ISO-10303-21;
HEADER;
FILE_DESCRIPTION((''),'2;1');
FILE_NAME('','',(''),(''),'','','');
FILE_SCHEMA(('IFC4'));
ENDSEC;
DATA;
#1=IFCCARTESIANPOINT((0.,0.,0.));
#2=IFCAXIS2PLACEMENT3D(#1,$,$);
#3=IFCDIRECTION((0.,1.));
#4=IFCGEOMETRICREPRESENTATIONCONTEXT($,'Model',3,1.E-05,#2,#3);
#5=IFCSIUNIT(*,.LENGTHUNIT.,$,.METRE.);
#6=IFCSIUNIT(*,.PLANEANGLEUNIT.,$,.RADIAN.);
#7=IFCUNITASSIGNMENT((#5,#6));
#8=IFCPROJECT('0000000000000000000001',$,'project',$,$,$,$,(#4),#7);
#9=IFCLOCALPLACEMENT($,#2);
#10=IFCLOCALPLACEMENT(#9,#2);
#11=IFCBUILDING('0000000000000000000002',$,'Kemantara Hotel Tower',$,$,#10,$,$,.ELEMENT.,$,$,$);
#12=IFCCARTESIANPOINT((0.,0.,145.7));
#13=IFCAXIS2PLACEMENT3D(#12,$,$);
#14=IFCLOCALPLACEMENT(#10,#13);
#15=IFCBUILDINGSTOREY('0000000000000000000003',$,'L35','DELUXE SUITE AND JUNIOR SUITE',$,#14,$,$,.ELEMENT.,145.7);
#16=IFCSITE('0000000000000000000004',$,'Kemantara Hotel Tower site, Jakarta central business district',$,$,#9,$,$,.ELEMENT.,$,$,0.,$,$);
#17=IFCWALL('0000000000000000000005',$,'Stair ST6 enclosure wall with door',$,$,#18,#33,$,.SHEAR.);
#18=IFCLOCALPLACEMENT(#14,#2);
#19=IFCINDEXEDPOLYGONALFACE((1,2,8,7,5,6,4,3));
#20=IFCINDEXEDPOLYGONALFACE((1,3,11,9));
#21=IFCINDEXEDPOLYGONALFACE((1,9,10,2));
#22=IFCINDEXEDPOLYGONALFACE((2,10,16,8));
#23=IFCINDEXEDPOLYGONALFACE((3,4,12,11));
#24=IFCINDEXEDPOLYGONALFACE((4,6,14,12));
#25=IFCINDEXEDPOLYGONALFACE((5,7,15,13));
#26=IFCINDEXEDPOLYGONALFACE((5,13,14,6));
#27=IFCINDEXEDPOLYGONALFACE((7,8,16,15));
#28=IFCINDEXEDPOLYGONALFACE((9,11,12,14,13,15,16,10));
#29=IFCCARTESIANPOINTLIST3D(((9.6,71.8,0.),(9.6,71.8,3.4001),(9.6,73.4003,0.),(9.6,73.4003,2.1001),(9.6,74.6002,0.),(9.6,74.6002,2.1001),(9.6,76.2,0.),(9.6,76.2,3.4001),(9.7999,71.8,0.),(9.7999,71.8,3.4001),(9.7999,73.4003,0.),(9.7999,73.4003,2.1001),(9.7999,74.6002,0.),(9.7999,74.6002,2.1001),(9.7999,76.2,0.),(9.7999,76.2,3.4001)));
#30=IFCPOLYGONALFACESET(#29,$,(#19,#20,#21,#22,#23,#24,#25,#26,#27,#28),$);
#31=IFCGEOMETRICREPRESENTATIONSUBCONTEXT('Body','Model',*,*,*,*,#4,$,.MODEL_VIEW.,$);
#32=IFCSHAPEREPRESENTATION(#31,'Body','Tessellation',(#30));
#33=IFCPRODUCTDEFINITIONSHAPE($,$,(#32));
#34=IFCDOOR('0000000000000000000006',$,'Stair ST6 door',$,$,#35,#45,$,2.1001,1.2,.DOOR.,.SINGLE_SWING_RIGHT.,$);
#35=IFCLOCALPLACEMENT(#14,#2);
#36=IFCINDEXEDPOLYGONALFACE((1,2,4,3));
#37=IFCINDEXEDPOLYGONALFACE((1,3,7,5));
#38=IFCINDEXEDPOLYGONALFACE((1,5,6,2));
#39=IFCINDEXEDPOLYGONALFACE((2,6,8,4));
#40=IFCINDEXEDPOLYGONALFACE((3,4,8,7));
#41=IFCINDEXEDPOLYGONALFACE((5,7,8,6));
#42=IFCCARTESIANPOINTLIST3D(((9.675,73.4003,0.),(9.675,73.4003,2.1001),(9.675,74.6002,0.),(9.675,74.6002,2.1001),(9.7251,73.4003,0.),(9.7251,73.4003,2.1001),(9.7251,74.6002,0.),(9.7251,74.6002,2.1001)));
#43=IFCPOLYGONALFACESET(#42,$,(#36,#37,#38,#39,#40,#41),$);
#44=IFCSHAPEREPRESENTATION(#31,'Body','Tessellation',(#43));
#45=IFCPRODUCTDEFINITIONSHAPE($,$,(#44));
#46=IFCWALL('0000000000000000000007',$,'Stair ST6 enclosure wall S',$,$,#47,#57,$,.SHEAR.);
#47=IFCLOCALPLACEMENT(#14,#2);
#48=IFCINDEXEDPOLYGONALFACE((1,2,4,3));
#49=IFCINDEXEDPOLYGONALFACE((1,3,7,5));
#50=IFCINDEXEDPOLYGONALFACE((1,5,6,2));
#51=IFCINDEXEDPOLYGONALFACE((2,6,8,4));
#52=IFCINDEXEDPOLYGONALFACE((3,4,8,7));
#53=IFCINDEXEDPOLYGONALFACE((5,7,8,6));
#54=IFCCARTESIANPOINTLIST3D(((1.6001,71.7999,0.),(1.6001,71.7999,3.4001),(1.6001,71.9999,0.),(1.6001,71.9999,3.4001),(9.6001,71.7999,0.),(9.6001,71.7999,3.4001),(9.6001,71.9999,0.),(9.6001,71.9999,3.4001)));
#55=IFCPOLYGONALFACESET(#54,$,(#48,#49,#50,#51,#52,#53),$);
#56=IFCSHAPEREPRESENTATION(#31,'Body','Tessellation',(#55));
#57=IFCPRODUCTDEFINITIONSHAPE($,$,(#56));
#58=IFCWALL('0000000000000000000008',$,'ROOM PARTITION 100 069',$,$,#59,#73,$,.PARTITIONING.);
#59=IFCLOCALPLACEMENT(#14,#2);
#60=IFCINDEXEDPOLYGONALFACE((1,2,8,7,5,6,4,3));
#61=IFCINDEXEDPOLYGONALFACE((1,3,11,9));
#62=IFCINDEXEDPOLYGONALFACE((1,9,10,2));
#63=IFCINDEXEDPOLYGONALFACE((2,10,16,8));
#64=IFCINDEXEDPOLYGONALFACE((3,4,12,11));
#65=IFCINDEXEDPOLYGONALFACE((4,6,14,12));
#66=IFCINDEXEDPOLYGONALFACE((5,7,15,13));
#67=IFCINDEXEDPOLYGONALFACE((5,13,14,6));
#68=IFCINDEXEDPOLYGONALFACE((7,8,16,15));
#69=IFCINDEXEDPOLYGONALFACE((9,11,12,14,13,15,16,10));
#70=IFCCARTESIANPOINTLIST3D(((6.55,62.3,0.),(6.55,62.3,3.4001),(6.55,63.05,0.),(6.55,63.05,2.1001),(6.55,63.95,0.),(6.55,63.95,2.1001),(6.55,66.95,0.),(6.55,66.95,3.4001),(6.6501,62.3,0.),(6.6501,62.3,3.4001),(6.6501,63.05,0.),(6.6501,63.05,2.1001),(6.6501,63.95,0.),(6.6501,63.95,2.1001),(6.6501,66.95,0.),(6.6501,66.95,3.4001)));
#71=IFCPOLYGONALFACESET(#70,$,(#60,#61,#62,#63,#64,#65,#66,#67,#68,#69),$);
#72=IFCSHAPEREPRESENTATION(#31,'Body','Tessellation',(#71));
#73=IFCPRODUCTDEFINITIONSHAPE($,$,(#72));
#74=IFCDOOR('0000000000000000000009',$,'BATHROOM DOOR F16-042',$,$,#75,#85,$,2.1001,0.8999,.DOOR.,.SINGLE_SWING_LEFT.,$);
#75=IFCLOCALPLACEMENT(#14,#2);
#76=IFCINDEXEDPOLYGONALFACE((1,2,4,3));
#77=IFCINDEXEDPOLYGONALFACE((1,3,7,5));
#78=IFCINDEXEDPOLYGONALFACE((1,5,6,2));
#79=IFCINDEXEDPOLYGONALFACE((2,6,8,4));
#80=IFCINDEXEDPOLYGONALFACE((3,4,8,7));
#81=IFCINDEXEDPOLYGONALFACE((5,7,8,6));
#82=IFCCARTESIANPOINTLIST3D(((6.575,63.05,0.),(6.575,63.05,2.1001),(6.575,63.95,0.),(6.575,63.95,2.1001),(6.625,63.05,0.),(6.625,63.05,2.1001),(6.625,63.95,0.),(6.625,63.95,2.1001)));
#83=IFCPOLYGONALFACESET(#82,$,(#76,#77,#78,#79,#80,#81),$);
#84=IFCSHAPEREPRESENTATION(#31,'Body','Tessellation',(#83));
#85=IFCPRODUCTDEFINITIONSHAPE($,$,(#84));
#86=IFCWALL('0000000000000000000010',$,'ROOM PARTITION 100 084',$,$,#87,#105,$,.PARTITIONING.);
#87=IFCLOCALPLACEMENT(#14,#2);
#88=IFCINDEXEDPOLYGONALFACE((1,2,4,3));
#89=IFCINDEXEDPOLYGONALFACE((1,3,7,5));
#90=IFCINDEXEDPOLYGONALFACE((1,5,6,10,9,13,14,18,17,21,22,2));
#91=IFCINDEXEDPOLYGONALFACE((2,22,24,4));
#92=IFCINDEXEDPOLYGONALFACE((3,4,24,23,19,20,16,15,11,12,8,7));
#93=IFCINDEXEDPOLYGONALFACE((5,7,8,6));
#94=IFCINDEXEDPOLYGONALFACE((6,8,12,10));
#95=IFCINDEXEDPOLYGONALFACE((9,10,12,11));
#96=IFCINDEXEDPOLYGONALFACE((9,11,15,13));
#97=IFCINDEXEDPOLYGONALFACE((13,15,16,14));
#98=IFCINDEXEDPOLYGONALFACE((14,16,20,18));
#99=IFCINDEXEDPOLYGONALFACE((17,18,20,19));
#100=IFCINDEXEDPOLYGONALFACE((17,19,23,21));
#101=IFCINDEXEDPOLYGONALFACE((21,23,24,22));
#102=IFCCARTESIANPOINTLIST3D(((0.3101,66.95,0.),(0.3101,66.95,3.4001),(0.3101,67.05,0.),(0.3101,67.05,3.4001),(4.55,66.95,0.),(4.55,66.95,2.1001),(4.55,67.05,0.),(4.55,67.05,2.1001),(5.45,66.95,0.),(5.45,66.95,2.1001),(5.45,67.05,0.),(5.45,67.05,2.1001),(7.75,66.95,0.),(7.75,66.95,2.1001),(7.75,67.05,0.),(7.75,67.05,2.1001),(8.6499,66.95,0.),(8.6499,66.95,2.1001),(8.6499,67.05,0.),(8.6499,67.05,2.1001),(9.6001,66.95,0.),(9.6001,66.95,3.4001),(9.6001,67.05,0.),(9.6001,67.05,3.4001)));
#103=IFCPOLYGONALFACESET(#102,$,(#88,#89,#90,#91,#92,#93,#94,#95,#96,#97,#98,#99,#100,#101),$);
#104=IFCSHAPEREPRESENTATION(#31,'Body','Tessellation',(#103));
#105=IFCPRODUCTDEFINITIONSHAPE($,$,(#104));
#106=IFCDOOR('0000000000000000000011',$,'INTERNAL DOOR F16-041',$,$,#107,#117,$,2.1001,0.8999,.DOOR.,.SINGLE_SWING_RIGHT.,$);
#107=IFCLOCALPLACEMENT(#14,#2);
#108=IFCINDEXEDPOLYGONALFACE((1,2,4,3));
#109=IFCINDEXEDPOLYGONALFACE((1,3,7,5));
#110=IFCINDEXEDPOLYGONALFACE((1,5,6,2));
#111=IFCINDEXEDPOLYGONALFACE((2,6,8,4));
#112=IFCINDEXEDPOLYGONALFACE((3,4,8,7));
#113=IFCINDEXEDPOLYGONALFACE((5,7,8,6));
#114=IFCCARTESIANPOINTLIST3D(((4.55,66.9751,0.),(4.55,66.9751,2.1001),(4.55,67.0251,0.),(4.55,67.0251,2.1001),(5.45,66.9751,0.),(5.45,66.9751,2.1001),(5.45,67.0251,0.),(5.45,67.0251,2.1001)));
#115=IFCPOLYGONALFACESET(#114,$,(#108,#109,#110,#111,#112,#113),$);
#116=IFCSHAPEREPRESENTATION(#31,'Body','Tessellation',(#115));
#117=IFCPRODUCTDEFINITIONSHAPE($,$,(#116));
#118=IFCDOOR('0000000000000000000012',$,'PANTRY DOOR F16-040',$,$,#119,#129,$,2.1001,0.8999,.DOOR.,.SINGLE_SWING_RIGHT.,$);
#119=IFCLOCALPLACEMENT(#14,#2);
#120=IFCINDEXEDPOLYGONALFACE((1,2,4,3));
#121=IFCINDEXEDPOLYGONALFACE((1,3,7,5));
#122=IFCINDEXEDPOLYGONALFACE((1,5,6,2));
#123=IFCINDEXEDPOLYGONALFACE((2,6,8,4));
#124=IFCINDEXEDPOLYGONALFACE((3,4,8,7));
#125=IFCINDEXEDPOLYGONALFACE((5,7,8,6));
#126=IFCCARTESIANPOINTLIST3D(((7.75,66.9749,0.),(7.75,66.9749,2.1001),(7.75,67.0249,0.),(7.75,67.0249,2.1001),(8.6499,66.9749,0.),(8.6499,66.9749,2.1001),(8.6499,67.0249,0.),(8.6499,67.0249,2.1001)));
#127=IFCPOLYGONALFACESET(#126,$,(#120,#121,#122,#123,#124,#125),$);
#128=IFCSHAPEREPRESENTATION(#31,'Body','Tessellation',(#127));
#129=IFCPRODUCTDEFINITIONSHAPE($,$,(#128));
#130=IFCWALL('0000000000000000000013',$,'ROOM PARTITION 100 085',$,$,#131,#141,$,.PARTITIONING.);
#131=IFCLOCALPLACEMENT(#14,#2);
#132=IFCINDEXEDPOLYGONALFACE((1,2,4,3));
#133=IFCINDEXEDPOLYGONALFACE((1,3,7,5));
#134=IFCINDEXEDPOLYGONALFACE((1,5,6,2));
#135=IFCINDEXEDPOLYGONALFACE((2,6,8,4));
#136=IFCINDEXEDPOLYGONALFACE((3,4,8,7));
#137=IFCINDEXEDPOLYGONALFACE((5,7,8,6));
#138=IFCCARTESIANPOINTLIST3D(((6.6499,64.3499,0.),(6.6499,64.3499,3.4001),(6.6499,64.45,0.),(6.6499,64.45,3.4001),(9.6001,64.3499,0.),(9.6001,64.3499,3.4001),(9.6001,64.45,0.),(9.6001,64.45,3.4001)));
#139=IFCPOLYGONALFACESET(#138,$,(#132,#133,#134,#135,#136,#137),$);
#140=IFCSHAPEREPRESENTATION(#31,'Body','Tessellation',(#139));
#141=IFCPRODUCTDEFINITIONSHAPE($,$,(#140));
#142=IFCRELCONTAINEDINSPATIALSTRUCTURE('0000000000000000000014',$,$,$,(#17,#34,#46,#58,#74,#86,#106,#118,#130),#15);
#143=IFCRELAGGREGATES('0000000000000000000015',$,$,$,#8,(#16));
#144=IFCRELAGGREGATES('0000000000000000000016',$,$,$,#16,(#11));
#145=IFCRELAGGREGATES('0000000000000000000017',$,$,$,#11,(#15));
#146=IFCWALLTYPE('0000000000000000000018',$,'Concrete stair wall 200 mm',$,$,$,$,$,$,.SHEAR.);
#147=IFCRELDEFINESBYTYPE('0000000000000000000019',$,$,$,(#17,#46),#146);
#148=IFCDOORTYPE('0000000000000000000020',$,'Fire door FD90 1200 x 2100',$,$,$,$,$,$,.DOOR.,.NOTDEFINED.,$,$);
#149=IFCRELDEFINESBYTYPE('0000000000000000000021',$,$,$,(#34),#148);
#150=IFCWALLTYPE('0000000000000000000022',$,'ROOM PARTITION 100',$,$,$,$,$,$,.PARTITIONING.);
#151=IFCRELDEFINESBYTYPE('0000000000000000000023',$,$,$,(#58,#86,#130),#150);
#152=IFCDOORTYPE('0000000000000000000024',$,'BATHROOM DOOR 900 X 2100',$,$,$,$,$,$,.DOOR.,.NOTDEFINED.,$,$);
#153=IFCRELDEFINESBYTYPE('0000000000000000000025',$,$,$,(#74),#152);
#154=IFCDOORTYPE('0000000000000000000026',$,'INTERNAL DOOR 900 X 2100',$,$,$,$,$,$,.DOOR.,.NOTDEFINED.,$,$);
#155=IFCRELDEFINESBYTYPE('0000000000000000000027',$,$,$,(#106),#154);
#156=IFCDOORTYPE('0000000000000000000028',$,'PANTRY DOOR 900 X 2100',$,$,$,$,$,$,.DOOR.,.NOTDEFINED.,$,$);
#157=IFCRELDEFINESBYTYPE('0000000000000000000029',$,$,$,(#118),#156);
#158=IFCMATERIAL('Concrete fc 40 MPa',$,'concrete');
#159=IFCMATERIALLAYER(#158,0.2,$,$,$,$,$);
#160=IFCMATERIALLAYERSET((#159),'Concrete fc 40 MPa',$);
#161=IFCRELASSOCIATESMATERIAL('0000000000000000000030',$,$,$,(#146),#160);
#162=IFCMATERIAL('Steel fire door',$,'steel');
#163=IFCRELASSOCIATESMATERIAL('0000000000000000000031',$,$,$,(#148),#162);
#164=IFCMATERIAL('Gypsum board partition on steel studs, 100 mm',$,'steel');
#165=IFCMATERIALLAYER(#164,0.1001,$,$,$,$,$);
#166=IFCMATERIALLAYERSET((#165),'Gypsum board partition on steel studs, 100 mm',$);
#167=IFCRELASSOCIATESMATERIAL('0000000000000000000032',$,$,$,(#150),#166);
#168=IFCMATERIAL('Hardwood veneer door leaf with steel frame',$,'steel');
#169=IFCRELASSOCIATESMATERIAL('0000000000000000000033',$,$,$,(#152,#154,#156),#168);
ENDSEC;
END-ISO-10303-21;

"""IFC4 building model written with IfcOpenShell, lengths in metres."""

from ifc_helpers import new_model, si_unit, direction, frame, frame_2d, origin, place, context, subcontext, project, spatial, rectangle, extrude, material, layer, layer_set, type_object, element, fill, save


model = new_model("IFC4")

# Units and contexts
model_context = context("Model", 3, precision=1e-05, world=origin(), true_north=direction((0.0, 1.0)))
body_context = subcontext(model_context, "Body", "Model", "MODEL_VIEW")
ifc_project = project(units=[si_unit("LENGTHUNIT", "METRE"), si_unit("PLANEANGLEUNIT", "RADIAN")], contexts=[model_context])

# Site, building, storey
site_placement = place(None, origin())
site = spatial("IfcSite", under=ifc_project, at=site_placement, Name="Kemantara Hotel Tower site, Jakarta central business district", CompositionType="ELEMENT", RefElevation=0.0)
building_placement = place(site_placement, origin())
building = spatial("IfcBuilding", under=site, at=building_placement, Name="Kemantara Hotel Tower", CompositionType="ELEMENT")
storey_placement = place(building_placement, frame((0.0, 0.0, 145.7)))
storey = spatial("IfcBuildingStorey", under=building, at=storey_placement, Name="L35", Description="DELUXE SUITE AND JUNIOR SUITE", CompositionType="ELEMENT", Elevation=145.7)

# Shared definitions
ifc_material_1 = material(Name="Hardwood veneer door leaf with steel frame", Category="steel")

# Shared definitions
ifc_material_2 = material(Name="Concrete fc 40 MPa", Category="concrete")
ifc_layer_1 = layer(ifc_material_2, 0.2)
ifc_layer_set_1 = layer_set([ifc_layer_1], Name="Concrete fc 40 MPa")
wall_type_1 = type_object("IfcWallType", Name="Concrete stair wall 200 mm", PredefinedType="SHEAR", material=ifc_layer_set_1)

# Wall, opening, door
wall_1_placement = place(storey_placement, frame((9.7, 71.8, 0.0), z_axis=(0.0, 0.0, 1.0), x_axis=(0.0, 1.0, 0.0)))
wall_1 = element("IfcWall", 1, at=wall_1_placement, inside=storey, type_object=wall_type_1, Name="Stair ST6 enclosure wall with door", PredefinedType="SHEAR", context=body_context, shape_type="SweptSolid", body=[
    extrude(rectangle(XDim=4.3999, YDim=0.2, at=frame_2d((2.2, 0.0))), origin(), (0.0, 0.0, 1.0), 3.4001),
])
opening_1_placement = place(wall_1_placement, frame((1.6001, 0.0, 0.0)))
opening_1 = element("IfcOpeningElement", 2, at=opening_1_placement, cuts=wall_1, PredefinedType="OPENING", context=body_context, shape_type="SweptSolid", body=[
    extrude(rectangle(XDim=1.2, YDim=2.1001, at=frame_2d((0.6001, 1.05))), frame((0.0, 0.1099, 0.0), z_axis=(0.0, -1.0, 0.0), x_axis=(1.0, 0.0, 0.0)), (0.0, 0.0, 1.0), 0.22),
])
ifc_material_3 = material(Name="Steel fire door", Category="steel")
door_type_1 = type_object("IfcDoorType", Name="Fire door FD90 1200 x 2100", OperationType="NOTDEFINED", PredefinedType="DOOR", material=ifc_material_3)
door_1_placement = place(opening_1_placement, origin())
door_1 = element("IfcDoor", 3, at=door_1_placement, inside=storey, type_object=door_type_1, Name="Stair ST6 door", OperationType="SINGLE_SWING_RIGHT", OverallHeight=2.1001, OverallWidth=1.2, PredefinedType="DOOR", context=body_context, shape_type="SweptSolid", body=[
    extrude(rectangle(XDim=1.2, YDim=2.1001, at=frame_2d((0.6001, 1.05))), frame((0.0, 0.0249, 0.0), z_axis=(0.0, -1.0, 0.0), x_axis=(1.0, 0.0, 0.0)), (0.0, 0.0, 1.0), 0.05),
])
fill(opening_1, door_1)

# Wall
wall_2_placement = place(storey_placement, frame((1.6001, 71.8999, 0.0), z_axis=(0.0, 0.0, 1.0), x_axis=(1.0, 0.0, 0.0)))
element("IfcWall", 4, at=wall_2_placement, inside=storey, type_object=wall_type_1, Name="Stair ST6 enclosure wall S", PredefinedType="SHEAR", context=body_context, shape_type="SweptSolid", body=[
    extrude(rectangle(XDim=8.0, YDim=0.2, at=frame_2d((4.0, 0.0))), origin(), (0.0, 0.0, 1.0), 3.4001),
])

# Wall, opening, door
ifc_material_4 = material(Name="Gypsum board partition on steel studs, 100 mm", Category="steel")
ifc_layer_2 = layer(ifc_material_4, 0.1001)
ifc_layer_set_2 = layer_set([ifc_layer_2], Name="Gypsum board partition on steel studs, 100 mm")
wall_type_2 = type_object("IfcWallType", Name="ROOM PARTITION 100", PredefinedType="PARTITIONING", material=ifc_layer_set_2)
wall_3_placement = place(storey_placement, frame((6.6001, 66.95, 0.0), z_axis=(0.0, 0.0, 1.0), x_axis=(0.0, -1.0, 0.0)))
wall_3 = element("IfcWall", 5, at=wall_3_placement, inside=storey, type_object=wall_type_2, Name="ROOM PARTITION 100 069", PredefinedType="PARTITIONING", context=body_context, shape_type="SweptSolid", body=[
    extrude(rectangle(XDim=4.6499, YDim=0.1001, at=frame_2d((2.325, 0.0))), origin(), (0.0, 0.0, 1.0), 3.4001),
])
opening_2_placement = place(wall_3_placement, frame((3.0, 0.0, 0.0)))
opening_2 = element("IfcOpeningElement", 6, at=opening_2_placement, cuts=wall_3, PredefinedType="OPENING", context=body_context, shape_type="SweptSolid", body=[
    extrude(rectangle(XDim=0.8999, YDim=2.1001, at=frame_2d((0.45, 1.05))), frame((0.0, 0.0601, 0.0), z_axis=(0.0, -1.0, 0.0), x_axis=(1.0, 0.0, 0.0)), (0.0, 0.0, 1.0), 0.1201),
])
door_type_2 = type_object("IfcDoorType", Name="BATHROOM DOOR 900 X 2100", OperationType="NOTDEFINED", PredefinedType="DOOR", material=ifc_material_1)
door_2_placement = place(opening_2_placement, origin())
door_2 = element("IfcDoor", 7, at=door_2_placement, inside=storey, type_object=door_type_2, Name="BATHROOM DOOR F16-042", OperationType="SINGLE_SWING_LEFT", OverallHeight=2.1001, OverallWidth=0.8999, PredefinedType="DOOR", context=body_context, shape_type="SweptSolid", body=[
    extrude(rectangle(XDim=0.8999, YDim=2.1001, at=frame_2d((0.45, 1.05))), frame((0.0, 0.0249, 0.0), z_axis=(0.0, -1.0, 0.0), x_axis=(1.0, 0.0, 0.0)), (0.0, 0.0, 1.0), 0.05),
])
fill(opening_2, door_2)

# Wall, openings, doors
wall_4_placement = place(storey_placement, frame((0.3101, 67.0, 0.0), z_axis=(0.0, 0.0, 1.0), x_axis=(1.0, 0.0, 0.0)))
wall_4 = element("IfcWall", 8, at=wall_4_placement, inside=storey, type_object=wall_type_2, Name="ROOM PARTITION 100 084", PredefinedType="PARTITIONING", context=body_context, shape_type="SweptSolid", body=[
    extrude(rectangle(XDim=9.29, YDim=0.1001, at=frame_2d((4.645, 0.0))), origin(), (0.0, 0.0, 1.0), 3.4001),
])
opening_3_placement = place(wall_4_placement, frame((7.4399, 0.0, 0.0)))
opening_3 = element("IfcOpeningElement", 9, at=opening_3_placement, cuts=wall_4, PredefinedType="OPENING", context=body_context, shape_type="SweptSolid", body=[
    extrude(rectangle(XDim=0.8999, YDim=2.1001, at=frame_2d((0.45, 1.05))), frame((0.0, 0.0601, 0.0), z_axis=(0.0, -1.0, 0.0), x_axis=(1.0, 0.0, 0.0)), (0.0, 0.0, 1.0), 0.1201),
])
opening_4_placement = place(wall_4_placement, frame((4.24, 0.0, 0.0)))
opening_4 = element("IfcOpeningElement", 10, at=opening_4_placement, cuts=wall_4, PredefinedType="OPENING", context=body_context, shape_type="SweptSolid", body=[
    extrude(rectangle(XDim=0.8999, YDim=2.1001, at=frame_2d((0.45, 1.05))), frame((0.0, 0.0601, 0.0), z_axis=(0.0, -1.0, 0.0), x_axis=(1.0, 0.0, 0.0)), (0.0, 0.0, 1.0), 0.1201),
])
door_type_3 = type_object("IfcDoorType", Name="INTERNAL DOOR 900 X 2100", OperationType="NOTDEFINED", PredefinedType="DOOR", material=ifc_material_1)
door_3_placement = place(opening_4_placement, frame((0.8999, 0.0, 0.0), z_axis=(0.0, 0.0, 1.0), x_axis=(-1.0, 0.0, 0.0)))
door_3 = element("IfcDoor", 11, at=door_3_placement, inside=storey, type_object=door_type_3, Name="INTERNAL DOOR F16-041", OperationType="SINGLE_SWING_RIGHT", OverallHeight=2.1001, OverallWidth=0.8999, PredefinedType="DOOR", context=body_context, shape_type="SweptSolid", body=[
    extrude(rectangle(XDim=0.8999, YDim=2.1001, at=frame_2d((0.45, 1.05))), frame((0.0, 0.0249, 0.0), z_axis=(0.0, -1.0, 0.0), x_axis=(1.0, 0.0, 0.0)), (0.0, 0.0, 1.0), 0.05),
])
fill(opening_4, door_3)
door_type_4 = type_object("IfcDoorType", Name="PANTRY DOOR 900 X 2100", OperationType="NOTDEFINED", PredefinedType="DOOR", material=ifc_material_1)
door_4_placement = place(opening_3_placement, origin())
door_4 = element("IfcDoor", 12, at=door_4_placement, inside=storey, type_object=door_type_4, Name="PANTRY DOOR F16-040", OperationType="SINGLE_SWING_RIGHT", OverallHeight=2.1001, OverallWidth=0.8999, PredefinedType="DOOR", context=body_context, shape_type="SweptSolid", body=[
    extrude(rectangle(XDim=0.8999, YDim=2.1001, at=frame_2d((0.45, 1.05))), frame((0.0, 0.0249, 0.0), z_axis=(0.0, -1.0, 0.0), x_axis=(1.0, 0.0, 0.0)), (0.0, 0.0, 1.0), 0.05),
])
fill(opening_3, door_4)

# Wall
wall_5_placement = place(storey_placement, frame((6.6499, 64.3999, 0.0), z_axis=(0.0, 0.0, 1.0), x_axis=(1.0, 0.0, 0.0)))
element("IfcWall", 13, at=wall_5_placement, inside=storey, type_object=wall_type_2, Name="ROOM PARTITION 100 085", PredefinedType="PARTITIONING", context=body_context, shape_type="SweptSolid", body=[
    extrude(rectangle(XDim=2.9502, YDim=0.1001, at=frame_2d((1.4751, 0.0))), origin(), (0.0, 0.0, 1.0), 3.4001),
])

save(model, "model.ifc")
